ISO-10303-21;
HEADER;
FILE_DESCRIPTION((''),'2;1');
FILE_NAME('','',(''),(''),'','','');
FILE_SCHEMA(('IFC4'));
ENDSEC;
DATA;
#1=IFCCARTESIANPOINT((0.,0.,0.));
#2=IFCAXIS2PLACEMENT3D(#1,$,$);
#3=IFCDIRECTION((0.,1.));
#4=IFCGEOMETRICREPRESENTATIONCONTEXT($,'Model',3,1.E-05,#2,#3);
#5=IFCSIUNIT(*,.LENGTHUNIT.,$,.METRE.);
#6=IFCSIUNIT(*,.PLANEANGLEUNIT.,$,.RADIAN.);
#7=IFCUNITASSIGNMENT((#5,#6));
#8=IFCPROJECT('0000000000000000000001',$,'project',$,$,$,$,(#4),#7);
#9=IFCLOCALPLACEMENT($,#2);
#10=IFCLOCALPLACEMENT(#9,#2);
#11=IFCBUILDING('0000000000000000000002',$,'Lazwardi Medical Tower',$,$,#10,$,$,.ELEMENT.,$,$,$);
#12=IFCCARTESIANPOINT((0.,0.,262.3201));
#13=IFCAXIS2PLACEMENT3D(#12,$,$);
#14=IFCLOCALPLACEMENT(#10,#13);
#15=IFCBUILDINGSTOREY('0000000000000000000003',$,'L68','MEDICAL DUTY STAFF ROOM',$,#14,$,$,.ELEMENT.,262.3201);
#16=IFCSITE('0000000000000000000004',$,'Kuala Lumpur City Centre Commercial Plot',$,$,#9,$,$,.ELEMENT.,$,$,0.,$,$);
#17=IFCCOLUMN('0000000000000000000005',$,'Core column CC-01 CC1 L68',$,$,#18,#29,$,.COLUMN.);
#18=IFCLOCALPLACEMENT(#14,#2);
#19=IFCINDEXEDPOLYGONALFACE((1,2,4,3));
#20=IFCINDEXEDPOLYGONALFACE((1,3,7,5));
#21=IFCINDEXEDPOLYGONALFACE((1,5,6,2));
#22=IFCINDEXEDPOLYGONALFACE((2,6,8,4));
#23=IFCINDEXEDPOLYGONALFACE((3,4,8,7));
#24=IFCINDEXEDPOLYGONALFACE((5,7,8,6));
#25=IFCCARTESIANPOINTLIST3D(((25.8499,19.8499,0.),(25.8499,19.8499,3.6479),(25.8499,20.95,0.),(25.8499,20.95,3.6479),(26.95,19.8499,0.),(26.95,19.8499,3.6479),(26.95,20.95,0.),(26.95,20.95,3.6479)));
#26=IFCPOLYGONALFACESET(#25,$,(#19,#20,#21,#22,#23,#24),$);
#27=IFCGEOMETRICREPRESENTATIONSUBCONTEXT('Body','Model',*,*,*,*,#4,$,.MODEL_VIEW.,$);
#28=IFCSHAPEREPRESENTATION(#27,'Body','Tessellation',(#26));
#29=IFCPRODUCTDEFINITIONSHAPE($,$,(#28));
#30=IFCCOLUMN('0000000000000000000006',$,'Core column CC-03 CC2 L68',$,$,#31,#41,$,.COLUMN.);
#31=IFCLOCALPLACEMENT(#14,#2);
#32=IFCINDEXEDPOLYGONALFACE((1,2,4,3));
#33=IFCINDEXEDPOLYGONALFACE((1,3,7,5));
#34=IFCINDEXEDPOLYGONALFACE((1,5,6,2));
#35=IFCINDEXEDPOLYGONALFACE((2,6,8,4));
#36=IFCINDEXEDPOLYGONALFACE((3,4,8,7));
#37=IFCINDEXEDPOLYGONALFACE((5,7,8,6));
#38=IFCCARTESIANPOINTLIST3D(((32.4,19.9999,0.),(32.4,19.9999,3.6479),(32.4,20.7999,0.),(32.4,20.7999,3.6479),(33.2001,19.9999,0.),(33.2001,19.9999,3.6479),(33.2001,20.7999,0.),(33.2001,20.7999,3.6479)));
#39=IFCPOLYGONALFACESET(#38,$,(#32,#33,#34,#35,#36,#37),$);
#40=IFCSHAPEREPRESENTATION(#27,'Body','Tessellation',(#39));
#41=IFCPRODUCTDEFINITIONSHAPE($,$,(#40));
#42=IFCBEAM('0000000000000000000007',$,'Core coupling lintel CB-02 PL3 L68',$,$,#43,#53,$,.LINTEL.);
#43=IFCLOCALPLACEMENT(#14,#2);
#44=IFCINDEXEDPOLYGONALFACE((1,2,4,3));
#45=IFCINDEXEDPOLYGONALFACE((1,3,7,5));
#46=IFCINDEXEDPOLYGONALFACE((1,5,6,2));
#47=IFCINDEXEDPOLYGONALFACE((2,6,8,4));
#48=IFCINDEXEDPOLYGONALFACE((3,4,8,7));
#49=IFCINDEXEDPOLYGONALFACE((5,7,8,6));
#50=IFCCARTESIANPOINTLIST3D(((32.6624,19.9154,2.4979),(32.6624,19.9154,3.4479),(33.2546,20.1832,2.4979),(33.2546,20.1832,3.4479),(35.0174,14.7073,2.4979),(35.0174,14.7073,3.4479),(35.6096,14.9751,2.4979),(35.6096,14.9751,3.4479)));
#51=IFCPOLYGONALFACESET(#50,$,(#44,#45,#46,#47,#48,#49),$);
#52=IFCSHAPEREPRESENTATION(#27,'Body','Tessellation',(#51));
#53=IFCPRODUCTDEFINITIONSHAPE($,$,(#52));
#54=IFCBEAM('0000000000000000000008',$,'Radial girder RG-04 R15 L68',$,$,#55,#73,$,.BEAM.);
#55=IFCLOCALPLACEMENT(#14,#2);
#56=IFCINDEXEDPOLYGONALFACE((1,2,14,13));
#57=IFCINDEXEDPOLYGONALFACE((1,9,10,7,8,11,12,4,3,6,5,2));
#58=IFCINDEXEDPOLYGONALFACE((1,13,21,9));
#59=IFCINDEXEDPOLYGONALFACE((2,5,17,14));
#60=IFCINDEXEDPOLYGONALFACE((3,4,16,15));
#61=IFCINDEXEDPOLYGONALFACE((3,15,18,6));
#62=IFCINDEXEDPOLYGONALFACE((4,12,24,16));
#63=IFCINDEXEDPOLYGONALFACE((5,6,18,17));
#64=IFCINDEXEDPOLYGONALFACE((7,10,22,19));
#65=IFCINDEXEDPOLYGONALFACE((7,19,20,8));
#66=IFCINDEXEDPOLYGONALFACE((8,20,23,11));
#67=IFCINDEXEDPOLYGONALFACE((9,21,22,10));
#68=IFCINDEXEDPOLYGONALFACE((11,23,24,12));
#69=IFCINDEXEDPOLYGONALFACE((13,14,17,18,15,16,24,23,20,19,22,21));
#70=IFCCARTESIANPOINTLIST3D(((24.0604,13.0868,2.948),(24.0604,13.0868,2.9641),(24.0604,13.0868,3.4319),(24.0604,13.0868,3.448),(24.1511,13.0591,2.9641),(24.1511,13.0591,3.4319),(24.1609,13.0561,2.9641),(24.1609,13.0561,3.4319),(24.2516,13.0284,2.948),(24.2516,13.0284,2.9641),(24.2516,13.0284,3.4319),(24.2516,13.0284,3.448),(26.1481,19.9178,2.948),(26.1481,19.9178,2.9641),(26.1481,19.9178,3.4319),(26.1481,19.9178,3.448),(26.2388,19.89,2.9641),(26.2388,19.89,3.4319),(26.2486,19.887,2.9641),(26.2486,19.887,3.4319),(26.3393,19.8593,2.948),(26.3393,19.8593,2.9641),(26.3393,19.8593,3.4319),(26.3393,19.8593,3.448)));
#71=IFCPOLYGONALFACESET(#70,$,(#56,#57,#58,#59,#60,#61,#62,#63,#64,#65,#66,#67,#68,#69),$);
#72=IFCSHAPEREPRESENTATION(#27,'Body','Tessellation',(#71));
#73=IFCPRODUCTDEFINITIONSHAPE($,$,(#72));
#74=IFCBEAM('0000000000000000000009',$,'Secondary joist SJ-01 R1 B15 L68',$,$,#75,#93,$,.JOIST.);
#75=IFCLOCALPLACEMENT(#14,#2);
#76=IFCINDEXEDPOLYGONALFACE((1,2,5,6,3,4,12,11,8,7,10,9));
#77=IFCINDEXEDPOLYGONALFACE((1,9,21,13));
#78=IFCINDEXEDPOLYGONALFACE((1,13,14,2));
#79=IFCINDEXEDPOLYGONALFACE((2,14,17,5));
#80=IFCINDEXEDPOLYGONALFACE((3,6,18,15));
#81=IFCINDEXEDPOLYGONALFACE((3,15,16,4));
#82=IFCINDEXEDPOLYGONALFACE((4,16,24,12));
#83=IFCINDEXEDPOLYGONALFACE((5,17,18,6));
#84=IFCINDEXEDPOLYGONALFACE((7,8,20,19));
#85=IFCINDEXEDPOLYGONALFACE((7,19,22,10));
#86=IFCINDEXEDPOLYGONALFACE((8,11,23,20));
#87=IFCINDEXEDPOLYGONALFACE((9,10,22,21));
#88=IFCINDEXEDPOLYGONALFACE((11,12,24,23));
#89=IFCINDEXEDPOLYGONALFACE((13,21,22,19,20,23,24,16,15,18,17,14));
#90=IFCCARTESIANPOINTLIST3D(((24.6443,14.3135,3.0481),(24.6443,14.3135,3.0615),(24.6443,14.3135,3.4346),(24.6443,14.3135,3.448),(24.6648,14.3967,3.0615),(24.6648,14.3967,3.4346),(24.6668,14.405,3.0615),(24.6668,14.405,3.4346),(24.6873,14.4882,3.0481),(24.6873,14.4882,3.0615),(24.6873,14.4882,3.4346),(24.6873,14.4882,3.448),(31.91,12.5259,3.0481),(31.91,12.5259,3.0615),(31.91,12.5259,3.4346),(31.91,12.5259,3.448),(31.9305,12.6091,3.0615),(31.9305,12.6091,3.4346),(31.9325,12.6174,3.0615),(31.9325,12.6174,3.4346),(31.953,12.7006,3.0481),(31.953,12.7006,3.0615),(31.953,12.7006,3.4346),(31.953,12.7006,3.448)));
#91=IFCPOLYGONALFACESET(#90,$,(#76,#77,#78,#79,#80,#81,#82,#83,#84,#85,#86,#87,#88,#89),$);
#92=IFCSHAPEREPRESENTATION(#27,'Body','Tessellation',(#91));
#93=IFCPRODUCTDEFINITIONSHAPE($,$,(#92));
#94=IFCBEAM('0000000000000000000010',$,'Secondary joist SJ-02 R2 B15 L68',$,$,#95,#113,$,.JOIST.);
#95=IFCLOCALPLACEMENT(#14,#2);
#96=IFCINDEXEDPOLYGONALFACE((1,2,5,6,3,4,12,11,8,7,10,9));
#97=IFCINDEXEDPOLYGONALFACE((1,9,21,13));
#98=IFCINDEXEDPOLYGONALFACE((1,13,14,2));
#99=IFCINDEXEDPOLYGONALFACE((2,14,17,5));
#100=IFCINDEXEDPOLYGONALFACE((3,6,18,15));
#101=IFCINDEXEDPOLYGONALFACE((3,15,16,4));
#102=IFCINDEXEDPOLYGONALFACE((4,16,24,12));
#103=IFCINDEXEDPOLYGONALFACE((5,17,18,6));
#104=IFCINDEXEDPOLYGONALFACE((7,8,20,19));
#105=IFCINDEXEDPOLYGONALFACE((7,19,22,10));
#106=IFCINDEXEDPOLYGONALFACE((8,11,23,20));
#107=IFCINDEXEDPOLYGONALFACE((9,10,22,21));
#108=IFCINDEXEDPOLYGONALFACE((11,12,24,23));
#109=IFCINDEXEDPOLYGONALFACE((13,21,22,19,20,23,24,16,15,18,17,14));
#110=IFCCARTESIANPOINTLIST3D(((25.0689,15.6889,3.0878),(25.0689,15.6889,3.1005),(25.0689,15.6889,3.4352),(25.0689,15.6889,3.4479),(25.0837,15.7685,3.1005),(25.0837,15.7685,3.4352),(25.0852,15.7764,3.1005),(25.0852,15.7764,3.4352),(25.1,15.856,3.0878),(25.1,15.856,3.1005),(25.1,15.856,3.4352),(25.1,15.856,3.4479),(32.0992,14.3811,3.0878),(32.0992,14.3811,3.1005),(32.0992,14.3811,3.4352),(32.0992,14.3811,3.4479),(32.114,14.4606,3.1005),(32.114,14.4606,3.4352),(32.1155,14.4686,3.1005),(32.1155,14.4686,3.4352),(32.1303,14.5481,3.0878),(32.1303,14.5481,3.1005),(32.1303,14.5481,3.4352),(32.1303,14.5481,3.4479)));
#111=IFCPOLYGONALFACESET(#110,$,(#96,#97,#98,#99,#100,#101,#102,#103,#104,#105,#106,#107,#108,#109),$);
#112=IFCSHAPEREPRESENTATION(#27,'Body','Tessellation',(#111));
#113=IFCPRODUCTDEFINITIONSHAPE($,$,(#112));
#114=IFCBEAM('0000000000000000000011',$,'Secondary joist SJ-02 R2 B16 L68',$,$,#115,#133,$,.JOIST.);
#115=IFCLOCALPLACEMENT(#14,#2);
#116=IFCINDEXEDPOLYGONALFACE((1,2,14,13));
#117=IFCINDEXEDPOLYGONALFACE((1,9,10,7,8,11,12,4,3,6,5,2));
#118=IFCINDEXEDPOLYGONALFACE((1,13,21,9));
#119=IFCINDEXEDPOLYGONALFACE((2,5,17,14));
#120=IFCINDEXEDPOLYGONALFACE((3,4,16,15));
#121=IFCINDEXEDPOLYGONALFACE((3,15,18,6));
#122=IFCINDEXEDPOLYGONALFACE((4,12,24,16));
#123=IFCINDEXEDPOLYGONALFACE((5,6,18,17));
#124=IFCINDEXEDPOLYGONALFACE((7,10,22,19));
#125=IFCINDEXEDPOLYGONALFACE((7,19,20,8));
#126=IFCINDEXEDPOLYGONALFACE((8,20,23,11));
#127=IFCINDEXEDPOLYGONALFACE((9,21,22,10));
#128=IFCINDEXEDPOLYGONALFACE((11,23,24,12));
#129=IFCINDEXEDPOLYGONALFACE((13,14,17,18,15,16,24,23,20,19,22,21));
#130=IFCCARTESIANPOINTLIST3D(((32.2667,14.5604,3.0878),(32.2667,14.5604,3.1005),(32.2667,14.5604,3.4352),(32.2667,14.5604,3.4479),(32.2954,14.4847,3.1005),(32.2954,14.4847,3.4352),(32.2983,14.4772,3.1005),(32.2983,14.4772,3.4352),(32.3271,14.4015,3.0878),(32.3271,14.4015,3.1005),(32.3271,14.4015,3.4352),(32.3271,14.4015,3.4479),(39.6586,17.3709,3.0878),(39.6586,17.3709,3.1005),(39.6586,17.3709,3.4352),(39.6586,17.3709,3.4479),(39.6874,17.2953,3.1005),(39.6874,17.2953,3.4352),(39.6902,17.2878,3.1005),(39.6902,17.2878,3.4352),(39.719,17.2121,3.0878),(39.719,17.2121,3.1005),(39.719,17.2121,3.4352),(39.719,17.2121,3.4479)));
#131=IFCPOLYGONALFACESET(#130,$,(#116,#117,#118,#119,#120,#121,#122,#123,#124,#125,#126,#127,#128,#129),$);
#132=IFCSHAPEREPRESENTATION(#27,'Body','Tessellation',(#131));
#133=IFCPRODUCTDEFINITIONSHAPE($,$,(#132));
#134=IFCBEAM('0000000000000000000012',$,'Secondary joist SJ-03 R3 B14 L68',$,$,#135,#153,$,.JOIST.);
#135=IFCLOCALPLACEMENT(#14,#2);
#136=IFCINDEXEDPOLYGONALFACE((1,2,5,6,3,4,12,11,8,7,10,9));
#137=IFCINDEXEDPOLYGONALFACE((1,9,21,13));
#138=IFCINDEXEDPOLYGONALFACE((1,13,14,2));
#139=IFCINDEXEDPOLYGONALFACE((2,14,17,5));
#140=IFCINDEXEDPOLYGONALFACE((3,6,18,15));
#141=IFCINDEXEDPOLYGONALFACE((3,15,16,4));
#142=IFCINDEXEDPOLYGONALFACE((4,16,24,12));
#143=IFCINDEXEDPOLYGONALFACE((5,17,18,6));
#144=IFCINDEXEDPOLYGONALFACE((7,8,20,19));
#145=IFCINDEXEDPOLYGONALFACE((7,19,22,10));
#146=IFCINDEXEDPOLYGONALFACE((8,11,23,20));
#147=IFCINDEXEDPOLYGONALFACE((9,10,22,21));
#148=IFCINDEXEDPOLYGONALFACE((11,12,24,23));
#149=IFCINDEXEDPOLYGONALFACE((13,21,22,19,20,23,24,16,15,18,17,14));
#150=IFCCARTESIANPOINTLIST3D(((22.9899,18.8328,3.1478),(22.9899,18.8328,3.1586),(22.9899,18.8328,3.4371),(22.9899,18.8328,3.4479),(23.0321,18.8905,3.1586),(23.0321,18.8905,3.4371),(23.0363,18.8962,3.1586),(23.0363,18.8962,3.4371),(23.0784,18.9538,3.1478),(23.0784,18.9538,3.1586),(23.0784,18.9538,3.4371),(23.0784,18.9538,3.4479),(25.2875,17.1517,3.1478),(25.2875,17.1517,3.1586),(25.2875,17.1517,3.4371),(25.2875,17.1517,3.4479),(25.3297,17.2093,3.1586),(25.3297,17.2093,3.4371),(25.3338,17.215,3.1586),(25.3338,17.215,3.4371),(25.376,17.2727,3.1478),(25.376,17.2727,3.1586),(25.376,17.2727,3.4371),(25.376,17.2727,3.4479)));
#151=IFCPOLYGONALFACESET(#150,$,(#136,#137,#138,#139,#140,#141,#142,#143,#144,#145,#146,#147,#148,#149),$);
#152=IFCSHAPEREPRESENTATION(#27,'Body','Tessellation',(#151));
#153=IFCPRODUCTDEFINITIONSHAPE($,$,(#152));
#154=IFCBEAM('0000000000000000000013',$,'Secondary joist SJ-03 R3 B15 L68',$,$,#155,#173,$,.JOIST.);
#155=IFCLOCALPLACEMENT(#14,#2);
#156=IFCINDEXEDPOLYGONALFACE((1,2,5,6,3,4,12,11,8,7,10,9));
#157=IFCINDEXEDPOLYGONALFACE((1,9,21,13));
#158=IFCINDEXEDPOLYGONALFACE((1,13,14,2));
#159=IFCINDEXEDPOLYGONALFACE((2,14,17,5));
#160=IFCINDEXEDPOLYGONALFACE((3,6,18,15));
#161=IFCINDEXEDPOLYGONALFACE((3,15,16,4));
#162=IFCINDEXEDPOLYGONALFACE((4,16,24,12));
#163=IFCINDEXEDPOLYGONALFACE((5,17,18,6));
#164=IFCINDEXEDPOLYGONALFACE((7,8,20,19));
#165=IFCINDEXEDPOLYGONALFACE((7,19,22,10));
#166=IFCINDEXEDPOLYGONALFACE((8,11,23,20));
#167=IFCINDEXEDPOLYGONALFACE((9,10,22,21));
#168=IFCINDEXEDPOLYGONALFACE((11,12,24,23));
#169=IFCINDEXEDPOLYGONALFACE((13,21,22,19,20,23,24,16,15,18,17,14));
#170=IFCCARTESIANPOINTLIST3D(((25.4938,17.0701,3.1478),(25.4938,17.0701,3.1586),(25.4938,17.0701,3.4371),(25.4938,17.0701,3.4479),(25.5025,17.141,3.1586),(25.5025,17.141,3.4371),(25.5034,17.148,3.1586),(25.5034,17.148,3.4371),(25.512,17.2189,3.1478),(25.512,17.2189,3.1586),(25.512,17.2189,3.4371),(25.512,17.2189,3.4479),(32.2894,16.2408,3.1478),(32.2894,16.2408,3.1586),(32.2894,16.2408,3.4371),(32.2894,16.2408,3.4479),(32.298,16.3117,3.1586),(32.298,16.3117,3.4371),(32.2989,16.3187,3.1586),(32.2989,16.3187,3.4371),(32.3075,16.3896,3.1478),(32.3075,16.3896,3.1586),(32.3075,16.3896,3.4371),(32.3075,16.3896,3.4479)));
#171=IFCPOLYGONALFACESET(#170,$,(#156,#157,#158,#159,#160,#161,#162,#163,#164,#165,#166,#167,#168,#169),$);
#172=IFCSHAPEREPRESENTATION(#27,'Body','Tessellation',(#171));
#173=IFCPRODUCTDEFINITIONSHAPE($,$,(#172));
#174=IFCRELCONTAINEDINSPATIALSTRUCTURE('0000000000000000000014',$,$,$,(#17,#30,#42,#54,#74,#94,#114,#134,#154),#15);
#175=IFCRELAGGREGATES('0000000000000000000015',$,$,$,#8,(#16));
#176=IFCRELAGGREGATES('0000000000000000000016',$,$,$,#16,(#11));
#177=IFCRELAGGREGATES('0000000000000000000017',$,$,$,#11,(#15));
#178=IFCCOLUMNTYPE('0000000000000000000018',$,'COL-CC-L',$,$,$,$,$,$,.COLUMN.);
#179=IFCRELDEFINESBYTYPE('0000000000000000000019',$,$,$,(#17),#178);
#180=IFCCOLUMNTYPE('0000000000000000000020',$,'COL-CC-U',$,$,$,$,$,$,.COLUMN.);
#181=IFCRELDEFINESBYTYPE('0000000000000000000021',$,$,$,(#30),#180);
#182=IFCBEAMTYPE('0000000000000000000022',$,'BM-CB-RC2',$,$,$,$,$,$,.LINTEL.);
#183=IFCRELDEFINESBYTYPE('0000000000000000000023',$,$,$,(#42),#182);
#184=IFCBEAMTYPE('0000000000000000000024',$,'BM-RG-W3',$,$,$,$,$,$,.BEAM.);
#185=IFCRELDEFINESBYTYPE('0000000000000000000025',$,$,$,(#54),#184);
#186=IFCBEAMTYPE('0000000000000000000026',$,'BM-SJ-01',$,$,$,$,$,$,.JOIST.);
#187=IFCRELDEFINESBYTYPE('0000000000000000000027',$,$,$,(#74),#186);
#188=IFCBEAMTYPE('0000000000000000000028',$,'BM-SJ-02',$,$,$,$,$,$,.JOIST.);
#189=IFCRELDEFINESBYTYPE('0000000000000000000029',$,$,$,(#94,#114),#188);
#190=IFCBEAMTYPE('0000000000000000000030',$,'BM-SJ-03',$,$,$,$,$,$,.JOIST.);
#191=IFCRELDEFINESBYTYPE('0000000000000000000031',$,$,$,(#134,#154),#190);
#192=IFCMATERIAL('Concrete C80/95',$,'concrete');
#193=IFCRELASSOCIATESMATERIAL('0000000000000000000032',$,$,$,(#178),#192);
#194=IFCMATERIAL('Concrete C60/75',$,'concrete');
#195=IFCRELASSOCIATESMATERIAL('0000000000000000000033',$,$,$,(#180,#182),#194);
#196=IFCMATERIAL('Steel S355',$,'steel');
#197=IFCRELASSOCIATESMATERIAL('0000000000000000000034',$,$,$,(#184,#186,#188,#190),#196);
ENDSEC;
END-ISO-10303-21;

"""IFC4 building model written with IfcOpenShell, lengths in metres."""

from ifc_helpers import new_model, si_unit, direction, frame, origin, origin_2d, place, context, subcontext, project, spatial, rectangle, i_section, extrude, material, material_profile, profile_set, type_object, element, save


model = new_model("IFC4")

# Units and contexts
model_context = context("Model", 3, precision=1e-05, world=origin(), true_north=direction((0.0, 1.0)))
body_context = subcontext(model_context, "Body", "Model", "MODEL_VIEW")
ifc_project = project(units=[si_unit("LENGTHUNIT", "METRE"), si_unit("PLANEANGLEUNIT", "RADIAN")], contexts=[model_context])

# Site, building, storey
site_placement = place(None, origin())
site = spatial("IfcSite", under=ifc_project, at=site_placement, Name="Kuala Lumpur City Centre Commercial Plot", CompositionType="ELEMENT", RefElevation=0.0)
building_placement = place(site_placement, origin())
building = spatial("IfcBuilding", under=site, at=building_placement, Name="Lazwardi Medical Tower", CompositionType="ELEMENT")
storey_placement = place(building_placement, frame((0.0, 0.0, 262.3201)))
storey = spatial("IfcBuildingStorey", under=building, at=storey_placement, Name="L68", Description="MEDICAL DUTY STAFF ROOM", CompositionType="ELEMENT", Elevation=262.3201)

# Columns
ifc_material_1 = material(Name="Concrete C80/95", Category="concrete")
ifc_material_profile_1 = material_profile(ifc_material_1, rectangle(XDim=1.1001, YDim=1.1001, at=origin_2d()), Name="RC 1100x1100")
ifc_profile_set_1 = profile_set([ifc_material_profile_1], Name="Concrete C80/95")
column_type_1 = type_object("IfcColumnType", Name="COL-CC-L", PredefinedType="COLUMN", material=ifc_profile_set_1)
column_1_placement = place(storey_placement, frame((26.3999, 20.3999, 0.0), z_axis=(0.0, 0.0, 1.0), x_axis=(1.0, 0.0, 0.0)))
element("IfcColumn", 1, at=column_1_placement, inside=storey, type_object=column_type_1, Name="Core column CC-01 CC1 L68", PredefinedType="COLUMN", context=body_context, shape_type="SweptSolid", body=[
    extrude(rectangle(XDim=1.1001, YDim=1.1001, at=origin_2d()), origin(), (0.0, 0.0, 1.0), 3.6479),
])
ifc_material_2 = material(Name="Concrete C60/75", Category="concrete")
ifc_material_profile_2 = material_profile(ifc_material_2, rectangle(XDim=0.8, YDim=0.8, at=origin_2d()), Name="RC 800x800")
ifc_profile_set_2 = profile_set([ifc_material_profile_2], Name="Concrete C60/75")
column_type_2 = type_object("IfcColumnType", Name="COL-CC-U", PredefinedType="COLUMN", material=ifc_profile_set_2)
column_2_placement = place(storey_placement, frame((32.8, 20.3999, 0.0), z_axis=(0.0, 0.0, 1.0), x_axis=(1.0, 0.0, 0.0)))
element("IfcColumn", 2, at=column_2_placement, inside=storey, type_object=column_type_2, Name="Core column CC-03 CC2 L68", PredefinedType="COLUMN", context=body_context, shape_type="SweptSolid", body=[
    extrude(rectangle(XDim=0.8, YDim=0.8, at=origin_2d()), origin(), (0.0, 0.0, 1.0), 3.6479),
])

# Beams
ifc_material_profile_3 = material_profile(ifc_material_2, rectangle(XDim=0.6499, YDim=0.95, at=origin_2d()), Name="RC 650x950")
ifc_profile_set_3 = profile_set([ifc_material_profile_3], Name="Concrete C60/75")
beam_type_1 = type_object("IfcBeamType", Name="BM-CB-RC2", PredefinedType="LINTEL", material=ifc_profile_set_3)
beam_1_placement = place(storey_placement, frame((32.9585, 20.0493, 2.9729), z_axis=(0.412019, -0.911175, 0.0), x_axis=(0.911175, 0.412019, 0.0)))
element("IfcBeam", 3, at=beam_1_placement, inside=storey, type_object=beam_type_1, Name="Core coupling lintel CB-02 PL3 L68", PredefinedType="LINTEL", context=body_context, shape_type="SweptSolid", body=[
    extrude(rectangle(XDim=0.6499, YDim=0.95, at=origin_2d()), origin(), (0.0, 0.0, 1.0), 5.7158),
])
ifc_material_3 = material(Name="Steel S355", Category="steel")
ifc_material_profile_4 = material_profile(ifc_material_3, i_section(OverallWidth=0.2, OverallDepth=0.5, WebThickness=0.0103, FlangeThickness=0.0161, at=origin_2d()), Name="IPE 500")
ifc_profile_set_4 = profile_set([ifc_material_profile_4], Name="Steel S355")
beam_type_2 = type_object("IfcBeamType", Name="BM-RG-W3", PredefinedType="BEAM", material=ifc_profile_set_4)
beam_2_placement = place(storey_placement, frame((24.156, 13.0576, 3.198), z_axis=(0.292277, 0.956334, 0.0), x_axis=(-0.956334, 0.292277, 0.0)))
element("IfcBeam", 4, at=beam_2_placement, inside=storey, type_object=beam_type_2, Name="Radial girder RG-04 R15 L68", PredefinedType="BEAM", context=body_context, shape_type="SweptSolid", body=[
    extrude(i_section(OverallWidth=0.2, OverallDepth=0.5, WebThickness=0.0103, FlangeThickness=0.0161, at=origin_2d()), origin(), (0.0, 0.0, 1.0), 7.1428),
])
ifc_material_profile_5 = material_profile(ifc_material_3, i_section(OverallWidth=0.1799, OverallDepth=0.3999, WebThickness=0.0085, FlangeThickness=0.0134, at=origin_2d()), Name="IPE 400")
ifc_profile_set_5 = profile_set([ifc_material_profile_5], Name="Steel S355")
beam_type_3 = type_object("IfcBeamType", Name="BM-SJ-01", PredefinedType="JOIST", material=ifc_profile_set_5)
beam_3_placement = place(storey_placement, frame((24.6658, 14.4009, 3.248), z_axis=(0.971042, -0.23891, 0.0), x_axis=(0.23891, 0.971042, 0.0)))
element("IfcBeam", 5, at=beam_3_placement, inside=storey, type_object=beam_type_3, Name="Secondary joist SJ-01 R1 B15 L68", PredefinedType="JOIST", context=body_context, shape_type="SweptSolid", body=[
    extrude(i_section(OverallWidth=0.1799, OverallDepth=0.3999, WebThickness=0.0085, FlangeThickness=0.0134, at=origin_2d()), origin(), (0.0, 0.0, 1.0), 7.4824),
])
ifc_material_profile_6 = material_profile(ifc_material_3, i_section(OverallWidth=0.1699, OverallDepth=0.3601, WebThickness=0.0081, FlangeThickness=0.0127, at=origin_2d()), Name="IPE 360")
ifc_profile_set_6 = profile_set([ifc_material_profile_6], Name="Steel S355")
beam_type_4 = type_object("IfcBeamType", Name="BM-SJ-02", PredefinedType="JOIST", material=ifc_profile_set_6)
beam_4_placement = place(storey_placement, frame((25.0845, 15.7725, 3.2678), z_axis=(0.983132, -0.182895, 0.0), x_axis=(0.182895, 0.983132, 0.0)))
element("IfcBeam", 6, at=beam_4_placement, inside=storey, type_object=beam_type_4, Name="Secondary joist SJ-02 R2 B15 L68", PredefinedType="JOIST", context=body_context, shape_type="SweptSolid", body=[
    extrude(i_section(OverallWidth=0.1699, OverallDepth=0.3601, WebThickness=0.0081, FlangeThickness=0.0127, at=origin_2d()), origin(), (0.0, 0.0, 1.0), 7.1509),
])
beam_5_placement = place(storey_placement, frame((32.2969, 14.481, 3.2678), z_axis=(0.934714, 0.3554, 0.0), x_axis=(-0.3554, 0.934714, 0.0)))
element("IfcBeam", 7, at=beam_5_placement, inside=storey, type_object=beam_type_4, Name="Secondary joist SJ-02 R2 B16 L68", PredefinedType="JOIST", context=body_context, shape_type="SweptSolid", body=[
    extrude(i_section(OverallWidth=0.1699, OverallDepth=0.3601, WebThickness=0.0081, FlangeThickness=0.0127, at=origin_2d()), origin(), (0.0, 0.0, 1.0), 7.9082),
])
ifc_material_profile_7 = material_profile(ifc_material_3, i_section(OverallWidth=0.1499, OverallDepth=0.3, WebThickness=0.0071, FlangeThickness=0.0107, at=origin_2d()), Name="IPE 300")
ifc_profile_set_7 = profile_set([ifc_material_profile_7], Name="Steel S355")
beam_type_5 = type_object("IfcBeamType", Name="BM-SJ-03", PredefinedType="JOIST", material=ifc_profile_set_7)
beam_6_placement = place(storey_placement, frame((23.0342, 18.8933, 3.2979), z_axis=(0.807034, -0.590505, 0.0), x_axis=(0.590505, 0.807034, 0.0)))
element("IfcBeam", 8, at=beam_6_placement, inside=storey, type_object=beam_type_5, Name="Secondary joist SJ-03 R3 B14 L68", PredefinedType="JOIST", context=body_context, shape_type="SweptSolid", body=[
    extrude(i_section(OverallWidth=0.1499, OverallDepth=0.3, WebThickness=0.0071, FlangeThickness=0.0107, at=origin_2d()), origin(), (0.0, 0.0, 1.0), 2.8469),
])
beam_7_placement = place(storey_placement, frame((25.5029, 17.1445, 3.2979), z_axis=(0.992635, -0.121146, 0.0), x_axis=(0.121146, 0.992635, 0.0)))
element("IfcBeam", 9, at=beam_7_placement, inside=storey, type_object=beam_type_5, Name="Secondary joist SJ-03 R3 B15 L68", PredefinedType="JOIST", context=body_context, shape_type="SweptSolid", body=[
    extrude(i_section(OverallWidth=0.1499, OverallDepth=0.3, WebThickness=0.0071, FlangeThickness=0.0107, at=origin_2d()), origin(), (0.0, 0.0, 1.0), 6.8459),
])

save(model, "model.ifc")
